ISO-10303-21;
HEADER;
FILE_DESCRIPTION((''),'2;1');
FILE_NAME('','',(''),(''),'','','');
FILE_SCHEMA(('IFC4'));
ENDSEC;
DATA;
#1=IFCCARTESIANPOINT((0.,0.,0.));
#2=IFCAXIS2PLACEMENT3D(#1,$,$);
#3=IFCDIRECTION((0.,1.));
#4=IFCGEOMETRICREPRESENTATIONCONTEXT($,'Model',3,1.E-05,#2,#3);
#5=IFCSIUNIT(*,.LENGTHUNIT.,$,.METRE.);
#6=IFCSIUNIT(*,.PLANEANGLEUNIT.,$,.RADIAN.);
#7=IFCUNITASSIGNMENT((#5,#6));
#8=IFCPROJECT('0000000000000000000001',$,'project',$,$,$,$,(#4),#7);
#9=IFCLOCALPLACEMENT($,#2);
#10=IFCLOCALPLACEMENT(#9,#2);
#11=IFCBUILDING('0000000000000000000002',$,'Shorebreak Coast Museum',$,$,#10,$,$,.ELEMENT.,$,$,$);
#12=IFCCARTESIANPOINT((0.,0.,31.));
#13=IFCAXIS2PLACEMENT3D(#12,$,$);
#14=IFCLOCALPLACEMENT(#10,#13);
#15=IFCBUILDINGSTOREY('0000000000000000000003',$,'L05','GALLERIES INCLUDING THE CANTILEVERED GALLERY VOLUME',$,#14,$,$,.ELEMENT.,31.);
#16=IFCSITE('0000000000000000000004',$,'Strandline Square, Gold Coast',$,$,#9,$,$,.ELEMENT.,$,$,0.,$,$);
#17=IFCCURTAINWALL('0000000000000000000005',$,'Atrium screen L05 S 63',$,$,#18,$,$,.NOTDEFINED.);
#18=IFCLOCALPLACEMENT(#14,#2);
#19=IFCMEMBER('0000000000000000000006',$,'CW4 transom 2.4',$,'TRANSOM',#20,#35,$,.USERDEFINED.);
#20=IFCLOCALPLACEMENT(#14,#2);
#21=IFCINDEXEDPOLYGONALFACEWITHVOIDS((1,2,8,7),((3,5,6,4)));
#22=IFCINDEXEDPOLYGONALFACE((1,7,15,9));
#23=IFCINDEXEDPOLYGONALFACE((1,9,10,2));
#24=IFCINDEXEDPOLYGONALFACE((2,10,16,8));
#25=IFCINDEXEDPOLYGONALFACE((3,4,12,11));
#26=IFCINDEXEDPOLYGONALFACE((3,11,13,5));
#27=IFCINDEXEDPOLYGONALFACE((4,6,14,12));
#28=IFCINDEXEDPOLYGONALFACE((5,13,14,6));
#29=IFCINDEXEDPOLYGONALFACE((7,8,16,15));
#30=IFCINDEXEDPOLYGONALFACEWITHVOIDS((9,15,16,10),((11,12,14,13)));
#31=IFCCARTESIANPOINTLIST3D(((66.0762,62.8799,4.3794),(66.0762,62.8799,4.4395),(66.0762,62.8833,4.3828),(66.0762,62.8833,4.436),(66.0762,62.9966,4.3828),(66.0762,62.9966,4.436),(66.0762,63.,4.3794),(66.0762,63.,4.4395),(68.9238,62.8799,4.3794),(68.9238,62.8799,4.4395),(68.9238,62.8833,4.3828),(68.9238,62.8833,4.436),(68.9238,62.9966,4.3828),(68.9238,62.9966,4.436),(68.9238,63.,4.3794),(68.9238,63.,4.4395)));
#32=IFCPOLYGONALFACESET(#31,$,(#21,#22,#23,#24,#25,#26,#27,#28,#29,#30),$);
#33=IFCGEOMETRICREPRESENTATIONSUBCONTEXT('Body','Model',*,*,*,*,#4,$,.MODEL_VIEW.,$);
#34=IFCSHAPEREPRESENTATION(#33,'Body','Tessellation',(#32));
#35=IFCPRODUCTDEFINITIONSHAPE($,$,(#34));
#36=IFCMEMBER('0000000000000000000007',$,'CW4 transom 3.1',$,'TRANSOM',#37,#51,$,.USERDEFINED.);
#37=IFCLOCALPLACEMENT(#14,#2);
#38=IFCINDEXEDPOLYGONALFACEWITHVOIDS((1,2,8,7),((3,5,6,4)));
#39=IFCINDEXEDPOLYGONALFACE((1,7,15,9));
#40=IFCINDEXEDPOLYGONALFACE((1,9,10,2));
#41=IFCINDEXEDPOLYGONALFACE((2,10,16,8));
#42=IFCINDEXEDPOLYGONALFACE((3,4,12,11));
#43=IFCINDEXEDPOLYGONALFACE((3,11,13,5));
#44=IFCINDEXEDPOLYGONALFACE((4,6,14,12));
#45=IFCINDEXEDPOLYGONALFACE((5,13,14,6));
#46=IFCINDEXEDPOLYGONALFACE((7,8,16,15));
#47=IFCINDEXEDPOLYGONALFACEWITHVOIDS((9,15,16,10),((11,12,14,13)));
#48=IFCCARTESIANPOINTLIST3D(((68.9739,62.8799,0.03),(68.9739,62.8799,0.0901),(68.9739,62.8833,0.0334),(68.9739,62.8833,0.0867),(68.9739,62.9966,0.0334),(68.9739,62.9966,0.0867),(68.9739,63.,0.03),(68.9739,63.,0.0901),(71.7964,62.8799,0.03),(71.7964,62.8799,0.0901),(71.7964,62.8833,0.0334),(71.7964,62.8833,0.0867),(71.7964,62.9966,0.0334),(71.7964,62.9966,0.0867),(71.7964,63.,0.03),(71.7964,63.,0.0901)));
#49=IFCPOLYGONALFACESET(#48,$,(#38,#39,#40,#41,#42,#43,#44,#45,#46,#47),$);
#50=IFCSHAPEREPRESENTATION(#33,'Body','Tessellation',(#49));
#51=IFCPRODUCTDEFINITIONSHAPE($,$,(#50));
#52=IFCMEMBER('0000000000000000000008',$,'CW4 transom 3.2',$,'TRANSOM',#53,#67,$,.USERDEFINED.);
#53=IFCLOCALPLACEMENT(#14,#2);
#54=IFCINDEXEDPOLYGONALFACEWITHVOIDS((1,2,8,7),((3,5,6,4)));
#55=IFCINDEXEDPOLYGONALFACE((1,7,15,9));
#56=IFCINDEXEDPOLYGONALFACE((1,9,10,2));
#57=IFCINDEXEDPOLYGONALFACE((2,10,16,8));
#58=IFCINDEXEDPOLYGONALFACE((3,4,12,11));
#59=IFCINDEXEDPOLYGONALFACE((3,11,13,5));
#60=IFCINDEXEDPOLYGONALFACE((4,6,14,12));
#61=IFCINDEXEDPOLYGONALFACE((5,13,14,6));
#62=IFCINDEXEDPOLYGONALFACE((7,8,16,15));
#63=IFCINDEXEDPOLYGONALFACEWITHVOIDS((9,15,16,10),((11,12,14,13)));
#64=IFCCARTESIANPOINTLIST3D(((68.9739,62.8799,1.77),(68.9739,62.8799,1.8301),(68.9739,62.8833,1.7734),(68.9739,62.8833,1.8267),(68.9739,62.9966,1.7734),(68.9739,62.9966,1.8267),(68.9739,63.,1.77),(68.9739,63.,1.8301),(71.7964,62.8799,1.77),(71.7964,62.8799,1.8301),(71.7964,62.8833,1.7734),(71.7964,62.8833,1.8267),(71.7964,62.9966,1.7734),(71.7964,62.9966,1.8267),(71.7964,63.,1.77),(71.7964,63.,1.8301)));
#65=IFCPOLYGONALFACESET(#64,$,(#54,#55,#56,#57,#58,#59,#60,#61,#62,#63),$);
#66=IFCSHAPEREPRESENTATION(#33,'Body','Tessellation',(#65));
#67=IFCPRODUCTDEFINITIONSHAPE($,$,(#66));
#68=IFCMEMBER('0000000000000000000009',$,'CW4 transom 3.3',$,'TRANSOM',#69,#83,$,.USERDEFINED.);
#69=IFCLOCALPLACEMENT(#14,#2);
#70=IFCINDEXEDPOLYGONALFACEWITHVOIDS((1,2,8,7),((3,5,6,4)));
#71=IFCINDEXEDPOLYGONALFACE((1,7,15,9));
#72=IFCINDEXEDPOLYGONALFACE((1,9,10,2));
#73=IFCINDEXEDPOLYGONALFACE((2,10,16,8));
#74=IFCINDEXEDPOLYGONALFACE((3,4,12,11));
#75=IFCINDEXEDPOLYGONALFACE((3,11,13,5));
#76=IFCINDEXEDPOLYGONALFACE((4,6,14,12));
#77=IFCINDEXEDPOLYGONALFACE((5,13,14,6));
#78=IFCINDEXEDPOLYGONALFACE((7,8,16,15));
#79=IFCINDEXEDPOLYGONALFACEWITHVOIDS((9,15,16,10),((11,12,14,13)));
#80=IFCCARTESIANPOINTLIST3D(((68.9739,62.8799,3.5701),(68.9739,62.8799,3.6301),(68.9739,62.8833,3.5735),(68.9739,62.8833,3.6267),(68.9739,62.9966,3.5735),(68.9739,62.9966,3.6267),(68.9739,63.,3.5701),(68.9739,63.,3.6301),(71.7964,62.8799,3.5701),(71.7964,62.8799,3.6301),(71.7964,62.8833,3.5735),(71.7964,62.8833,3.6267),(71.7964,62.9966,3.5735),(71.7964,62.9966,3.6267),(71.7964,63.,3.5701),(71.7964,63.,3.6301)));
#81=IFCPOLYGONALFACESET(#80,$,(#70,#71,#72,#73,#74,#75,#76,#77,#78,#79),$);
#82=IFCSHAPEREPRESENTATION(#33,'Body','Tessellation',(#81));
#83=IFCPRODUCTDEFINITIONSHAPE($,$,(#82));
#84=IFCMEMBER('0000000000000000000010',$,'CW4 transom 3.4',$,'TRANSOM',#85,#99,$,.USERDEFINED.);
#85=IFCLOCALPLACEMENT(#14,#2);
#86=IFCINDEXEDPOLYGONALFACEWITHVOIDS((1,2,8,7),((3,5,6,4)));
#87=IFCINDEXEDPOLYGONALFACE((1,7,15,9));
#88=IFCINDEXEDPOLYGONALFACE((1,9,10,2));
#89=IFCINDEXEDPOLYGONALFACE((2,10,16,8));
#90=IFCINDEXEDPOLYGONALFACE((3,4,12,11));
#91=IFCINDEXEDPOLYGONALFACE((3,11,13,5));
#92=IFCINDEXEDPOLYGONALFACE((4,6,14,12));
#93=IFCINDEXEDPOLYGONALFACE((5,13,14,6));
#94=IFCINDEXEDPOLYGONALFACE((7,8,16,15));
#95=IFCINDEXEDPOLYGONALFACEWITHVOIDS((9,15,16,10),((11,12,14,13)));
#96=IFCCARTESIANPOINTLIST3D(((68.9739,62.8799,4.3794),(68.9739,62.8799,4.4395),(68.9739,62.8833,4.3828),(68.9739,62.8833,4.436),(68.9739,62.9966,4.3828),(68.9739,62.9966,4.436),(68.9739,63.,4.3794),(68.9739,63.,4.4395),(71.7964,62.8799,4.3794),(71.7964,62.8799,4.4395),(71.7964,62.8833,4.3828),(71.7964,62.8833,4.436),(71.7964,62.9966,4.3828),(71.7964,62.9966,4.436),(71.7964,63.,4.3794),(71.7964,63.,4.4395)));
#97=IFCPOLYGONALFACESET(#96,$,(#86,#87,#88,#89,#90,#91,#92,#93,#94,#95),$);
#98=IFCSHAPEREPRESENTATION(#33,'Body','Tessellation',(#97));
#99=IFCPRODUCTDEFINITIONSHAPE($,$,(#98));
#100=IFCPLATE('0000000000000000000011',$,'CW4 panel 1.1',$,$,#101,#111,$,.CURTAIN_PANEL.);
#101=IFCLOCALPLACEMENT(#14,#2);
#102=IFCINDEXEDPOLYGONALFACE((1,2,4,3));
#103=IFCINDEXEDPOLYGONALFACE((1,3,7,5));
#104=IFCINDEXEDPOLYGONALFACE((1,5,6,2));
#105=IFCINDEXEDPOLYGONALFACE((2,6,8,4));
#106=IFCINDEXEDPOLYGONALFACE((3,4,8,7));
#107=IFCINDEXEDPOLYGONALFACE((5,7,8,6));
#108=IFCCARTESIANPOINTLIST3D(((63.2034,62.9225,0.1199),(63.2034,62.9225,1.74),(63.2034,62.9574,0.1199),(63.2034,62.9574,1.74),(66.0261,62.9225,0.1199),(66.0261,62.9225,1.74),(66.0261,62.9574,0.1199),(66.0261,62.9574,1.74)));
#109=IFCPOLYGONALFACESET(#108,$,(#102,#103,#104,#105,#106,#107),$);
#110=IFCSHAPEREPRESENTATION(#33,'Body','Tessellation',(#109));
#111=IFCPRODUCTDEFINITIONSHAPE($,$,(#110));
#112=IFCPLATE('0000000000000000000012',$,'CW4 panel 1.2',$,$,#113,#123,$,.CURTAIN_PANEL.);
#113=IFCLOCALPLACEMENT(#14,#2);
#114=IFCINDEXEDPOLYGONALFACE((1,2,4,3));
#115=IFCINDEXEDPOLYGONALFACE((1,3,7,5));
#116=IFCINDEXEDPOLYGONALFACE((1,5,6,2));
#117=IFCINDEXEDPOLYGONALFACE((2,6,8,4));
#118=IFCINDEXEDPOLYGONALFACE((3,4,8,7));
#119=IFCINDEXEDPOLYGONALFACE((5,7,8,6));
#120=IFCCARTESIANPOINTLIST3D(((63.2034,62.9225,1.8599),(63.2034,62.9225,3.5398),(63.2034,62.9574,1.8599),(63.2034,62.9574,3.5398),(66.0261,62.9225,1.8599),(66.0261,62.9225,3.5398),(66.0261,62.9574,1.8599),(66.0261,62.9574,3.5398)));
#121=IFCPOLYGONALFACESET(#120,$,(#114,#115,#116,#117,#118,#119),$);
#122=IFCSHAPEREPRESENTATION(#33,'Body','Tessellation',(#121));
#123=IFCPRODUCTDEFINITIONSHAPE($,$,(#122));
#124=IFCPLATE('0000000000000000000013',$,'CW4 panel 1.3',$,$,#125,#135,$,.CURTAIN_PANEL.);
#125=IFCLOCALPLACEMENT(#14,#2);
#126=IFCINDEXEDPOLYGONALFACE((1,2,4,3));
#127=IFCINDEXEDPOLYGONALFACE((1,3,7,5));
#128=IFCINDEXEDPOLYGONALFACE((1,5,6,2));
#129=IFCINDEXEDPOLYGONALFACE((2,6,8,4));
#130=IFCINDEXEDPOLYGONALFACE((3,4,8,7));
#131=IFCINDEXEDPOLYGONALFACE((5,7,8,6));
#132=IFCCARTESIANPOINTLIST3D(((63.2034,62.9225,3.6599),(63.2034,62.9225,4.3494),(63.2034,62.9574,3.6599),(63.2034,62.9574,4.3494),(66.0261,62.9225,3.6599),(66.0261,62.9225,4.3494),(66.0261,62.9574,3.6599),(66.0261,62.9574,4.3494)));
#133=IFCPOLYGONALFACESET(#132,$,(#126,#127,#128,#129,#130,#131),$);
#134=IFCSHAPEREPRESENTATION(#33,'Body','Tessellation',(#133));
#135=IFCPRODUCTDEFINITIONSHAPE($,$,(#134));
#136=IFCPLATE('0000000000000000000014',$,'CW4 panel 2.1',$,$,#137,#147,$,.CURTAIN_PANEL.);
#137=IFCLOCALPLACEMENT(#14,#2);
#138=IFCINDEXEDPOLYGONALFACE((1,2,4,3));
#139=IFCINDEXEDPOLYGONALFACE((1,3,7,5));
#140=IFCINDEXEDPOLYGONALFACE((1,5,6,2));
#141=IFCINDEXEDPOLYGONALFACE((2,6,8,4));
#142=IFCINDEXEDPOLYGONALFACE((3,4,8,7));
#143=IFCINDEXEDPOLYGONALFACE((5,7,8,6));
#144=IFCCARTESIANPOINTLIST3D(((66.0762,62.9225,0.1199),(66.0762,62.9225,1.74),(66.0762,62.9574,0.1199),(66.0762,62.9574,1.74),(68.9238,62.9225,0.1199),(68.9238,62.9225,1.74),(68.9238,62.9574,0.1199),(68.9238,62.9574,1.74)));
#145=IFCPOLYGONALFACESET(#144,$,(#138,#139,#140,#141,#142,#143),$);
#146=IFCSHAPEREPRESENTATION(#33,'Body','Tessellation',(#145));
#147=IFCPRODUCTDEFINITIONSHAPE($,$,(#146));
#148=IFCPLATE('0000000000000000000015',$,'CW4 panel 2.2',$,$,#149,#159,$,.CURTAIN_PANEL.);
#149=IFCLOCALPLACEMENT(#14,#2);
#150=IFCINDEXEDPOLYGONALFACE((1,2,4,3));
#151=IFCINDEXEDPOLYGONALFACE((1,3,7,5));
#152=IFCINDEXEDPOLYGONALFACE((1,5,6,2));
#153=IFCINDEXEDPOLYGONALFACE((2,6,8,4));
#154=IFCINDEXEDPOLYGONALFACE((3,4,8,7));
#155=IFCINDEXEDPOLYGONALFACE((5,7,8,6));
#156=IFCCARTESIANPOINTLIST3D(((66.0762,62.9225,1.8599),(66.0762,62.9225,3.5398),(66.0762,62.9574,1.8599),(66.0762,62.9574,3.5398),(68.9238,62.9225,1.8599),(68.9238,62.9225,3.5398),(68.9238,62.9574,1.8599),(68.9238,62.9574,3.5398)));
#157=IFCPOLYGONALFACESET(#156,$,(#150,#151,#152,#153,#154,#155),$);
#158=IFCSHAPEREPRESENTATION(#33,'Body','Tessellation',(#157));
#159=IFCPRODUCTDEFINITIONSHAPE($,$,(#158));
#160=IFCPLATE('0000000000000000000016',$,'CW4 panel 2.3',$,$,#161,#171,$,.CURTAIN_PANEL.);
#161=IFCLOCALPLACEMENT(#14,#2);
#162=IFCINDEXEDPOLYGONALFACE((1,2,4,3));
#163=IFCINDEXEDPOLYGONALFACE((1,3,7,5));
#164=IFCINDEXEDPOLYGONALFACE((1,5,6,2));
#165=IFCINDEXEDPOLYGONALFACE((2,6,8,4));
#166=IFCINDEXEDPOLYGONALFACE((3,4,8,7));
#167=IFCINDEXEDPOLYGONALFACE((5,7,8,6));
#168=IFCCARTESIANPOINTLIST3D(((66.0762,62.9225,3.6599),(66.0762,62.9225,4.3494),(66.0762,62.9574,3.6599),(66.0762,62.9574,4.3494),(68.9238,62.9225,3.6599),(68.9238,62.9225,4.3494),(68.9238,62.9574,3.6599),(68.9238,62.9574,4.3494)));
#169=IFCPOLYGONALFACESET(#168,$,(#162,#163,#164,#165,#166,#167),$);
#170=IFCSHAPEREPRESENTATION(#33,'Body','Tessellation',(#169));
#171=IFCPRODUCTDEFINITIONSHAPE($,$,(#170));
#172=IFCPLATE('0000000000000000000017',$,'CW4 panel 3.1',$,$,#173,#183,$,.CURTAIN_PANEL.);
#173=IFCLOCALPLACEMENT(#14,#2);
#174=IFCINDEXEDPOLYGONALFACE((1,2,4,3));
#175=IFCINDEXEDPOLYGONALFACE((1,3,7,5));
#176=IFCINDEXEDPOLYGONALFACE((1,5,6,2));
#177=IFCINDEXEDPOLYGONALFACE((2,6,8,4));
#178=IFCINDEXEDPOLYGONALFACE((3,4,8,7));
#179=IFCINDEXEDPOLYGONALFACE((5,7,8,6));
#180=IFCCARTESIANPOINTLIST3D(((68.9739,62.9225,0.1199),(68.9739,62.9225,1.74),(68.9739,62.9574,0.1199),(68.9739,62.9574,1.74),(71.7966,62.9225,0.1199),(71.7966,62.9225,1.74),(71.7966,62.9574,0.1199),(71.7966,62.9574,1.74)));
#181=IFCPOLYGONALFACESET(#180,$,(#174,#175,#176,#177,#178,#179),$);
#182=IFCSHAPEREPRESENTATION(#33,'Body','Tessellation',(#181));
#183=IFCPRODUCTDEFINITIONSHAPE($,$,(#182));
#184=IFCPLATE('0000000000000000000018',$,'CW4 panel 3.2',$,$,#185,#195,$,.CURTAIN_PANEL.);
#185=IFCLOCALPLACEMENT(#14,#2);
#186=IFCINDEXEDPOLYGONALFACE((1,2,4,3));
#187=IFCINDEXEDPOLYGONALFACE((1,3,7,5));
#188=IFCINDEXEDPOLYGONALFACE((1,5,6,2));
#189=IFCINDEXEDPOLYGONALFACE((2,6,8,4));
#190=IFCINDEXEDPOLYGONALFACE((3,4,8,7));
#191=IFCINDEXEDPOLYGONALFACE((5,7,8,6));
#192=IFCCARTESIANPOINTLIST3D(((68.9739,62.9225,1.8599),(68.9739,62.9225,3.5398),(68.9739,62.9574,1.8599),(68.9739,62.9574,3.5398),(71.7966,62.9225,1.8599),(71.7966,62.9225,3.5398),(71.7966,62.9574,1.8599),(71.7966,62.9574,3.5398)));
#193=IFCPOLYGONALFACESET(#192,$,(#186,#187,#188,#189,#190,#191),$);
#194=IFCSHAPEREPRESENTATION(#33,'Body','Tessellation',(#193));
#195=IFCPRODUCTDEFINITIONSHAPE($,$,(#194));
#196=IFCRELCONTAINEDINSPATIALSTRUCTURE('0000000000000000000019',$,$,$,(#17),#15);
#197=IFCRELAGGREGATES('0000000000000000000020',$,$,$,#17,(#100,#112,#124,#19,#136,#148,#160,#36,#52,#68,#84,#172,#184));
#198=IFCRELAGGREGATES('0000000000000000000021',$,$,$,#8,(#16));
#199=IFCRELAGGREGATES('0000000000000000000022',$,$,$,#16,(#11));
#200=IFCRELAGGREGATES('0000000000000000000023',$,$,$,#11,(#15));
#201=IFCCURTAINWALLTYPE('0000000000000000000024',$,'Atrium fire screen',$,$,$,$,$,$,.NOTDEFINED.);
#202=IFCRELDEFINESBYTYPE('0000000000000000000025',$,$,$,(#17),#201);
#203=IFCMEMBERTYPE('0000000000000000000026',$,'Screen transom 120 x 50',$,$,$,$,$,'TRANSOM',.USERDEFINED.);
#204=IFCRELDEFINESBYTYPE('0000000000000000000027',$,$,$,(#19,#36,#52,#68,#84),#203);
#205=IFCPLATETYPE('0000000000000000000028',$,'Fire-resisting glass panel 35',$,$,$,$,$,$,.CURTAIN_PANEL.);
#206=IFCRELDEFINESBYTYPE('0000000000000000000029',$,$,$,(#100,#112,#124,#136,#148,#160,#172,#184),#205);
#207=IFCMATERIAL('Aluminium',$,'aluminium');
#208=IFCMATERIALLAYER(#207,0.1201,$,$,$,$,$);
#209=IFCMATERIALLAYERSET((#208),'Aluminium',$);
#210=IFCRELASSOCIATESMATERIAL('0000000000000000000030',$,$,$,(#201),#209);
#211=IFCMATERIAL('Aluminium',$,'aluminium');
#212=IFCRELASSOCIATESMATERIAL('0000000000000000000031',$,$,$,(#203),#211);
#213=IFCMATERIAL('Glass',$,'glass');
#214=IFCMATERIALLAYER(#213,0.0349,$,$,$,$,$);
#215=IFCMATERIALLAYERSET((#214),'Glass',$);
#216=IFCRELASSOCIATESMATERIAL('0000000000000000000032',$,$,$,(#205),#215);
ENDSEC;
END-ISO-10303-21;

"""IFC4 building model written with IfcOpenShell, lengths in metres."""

from ifc_helpers import new_model, si_unit, direction, frame, origin, origin_2d, place, context, subcontext, project, spatial, rectangle, hollow_rectangle, extrude, material, layer, layer_set, material_profile, profile_set, type_object, element, aggregate, save


model = new_model("IFC4")

# Units and contexts
model_context = context("Model", 3, precision=1e-05, world=origin(), true_north=direction((0.0, 1.0)))
body_context = subcontext(model_context, "Body", "Model", "MODEL_VIEW")
ifc_project = project(units=[si_unit("LENGTHUNIT", "METRE"), si_unit("PLANEANGLEUNIT", "RADIAN")], contexts=[model_context])

# Site, building, storey
site_placement = place(None, origin())
site = spatial("IfcSite", under=ifc_project, at=site_placement, Name="Strandline Square, Gold Coast", CompositionType="ELEMENT", RefElevation=0.0)
building_placement = place(site_placement, origin())
building = spatial("IfcBuilding", under=site, at=building_placement, Name="Shorebreak Coast Museum", CompositionType="ELEMENT")
storey_placement = place(building_placement, frame((0.0, 0.0, 31.0)))
storey = spatial("IfcBuildingStorey", under=building, at=storey_placement, Name="L05", Description="GALLERIES INCLUDING THE CANTILEVERED GALLERY VOLUME", CompositionType="ELEMENT", Elevation=31.0)

# Curtain wall, members, plates
ifc_material_1 = material(Name="Aluminium", Category="aluminium")
ifc_layer_1 = layer(ifc_material_1, 0.1201)
ifc_layer_set_1 = layer_set([ifc_layer_1], Name="Aluminium")
curtain_wall_type = type_object("IfcCurtainWallType", Name="Atrium fire screen", PredefinedType="NOTDEFINED", material=ifc_layer_set_1)
curtain_wall_placement = place(storey_placement, origin())
curtain_wall = element("IfcCurtainWall", 1, at=curtain_wall_placement, inside=storey, type_object=curtain_wall_type, Name="Atrium screen L05 S 63", PredefinedType="NOTDEFINED")
ifc_material_2 = material(Name="Aluminium", Category="aluminium")
ifc_material_profile_1 = material_profile(ifc_material_2, hollow_rectangle(XDim=0.1201, YDim=0.0601, WallThickness=0.0034, at=origin_2d()), Name="AL 60x120 RHS")
ifc_profile_set_1 = profile_set([ifc_material_profile_1], Name="Aluminium")
member_type_1 = type_object("IfcMemberType", Name="Screen transom 120 x 50", ElementType="TRANSOM", PredefinedType="USERDEFINED", material=ifc_profile_set_1)
member_1_placement = place(storey_placement, frame((66.0762, 62.9399, 4.4094), z_axis=(1.0, 0.0, 0.0), x_axis=(0.0, 1.0, 0.0)))
member_1 = element("IfcMember", 2, at=member_1_placement, type_object=member_type_1, Name="CW4 transom 2.4", ObjectType="TRANSOM", PredefinedType="USERDEFINED", context=body_context, shape_type="SweptSolid", body=[
    extrude(hollow_rectangle(XDim=0.1201, YDim=0.0601, WallThickness=0.0034, at=origin_2d()), origin(), (0.0, 0.0, 1.0), 2.8477),
])
member_2_placement = place(storey_placement, frame((68.9739, 62.9399, 0.0601), z_axis=(1.0, 0.0, 0.0), x_axis=(0.0, 1.0, 0.0)))
member_2 = element("IfcMember", 3, at=member_2_placement, type_object=member_type_1, Name="CW4 transom 3.1", ObjectType="TRANSOM", PredefinedType="USERDEFINED", context=body_context, shape_type="SweptSolid", body=[
    extrude(hollow_rectangle(XDim=0.1201, YDim=0.0601, WallThickness=0.0034, at=origin_2d()), origin(), (0.0, 0.0, 1.0), 2.8225),
])
member_3_placement = place(storey_placement, frame((68.9739, 62.9399, 1.8), z_axis=(1.0, 0.0, 0.0), x_axis=(0.0, 1.0, 0.0)))
member_3 = element("IfcMember", 4, at=member_3_placement, type_object=member_type_1, Name="CW4 transom 3.2", ObjectType="TRANSOM", PredefinedType="USERDEFINED", context=body_context, shape_type="SweptSolid", body=[
    extrude(hollow_rectangle(XDim=0.1201, YDim=0.0601, WallThickness=0.0034, at=origin_2d()), origin(), (0.0, 0.0, 1.0), 2.8225),
])
member_4_placement = place(storey_placement, frame((68.9739, 62.9399, 3.6001), z_axis=(1.0, 0.0, 0.0), x_axis=(0.0, 1.0, 0.0)))
member_4 = element("IfcMember", 5, at=member_4_placement, type_object=member_type_1, Name="CW4 transom 3.3", ObjectType="TRANSOM", PredefinedType="USERDEFINED", context=body_context, shape_type="SweptSolid", body=[
    extrude(hollow_rectangle(XDim=0.1201, YDim=0.0601, WallThickness=0.0034, at=origin_2d()), origin(), (0.0, 0.0, 1.0), 2.8225),
])
member_5_placement = place(storey_placement, frame((68.9739, 62.9399, 4.4094), z_axis=(1.0, 0.0, 0.0), x_axis=(0.0, 1.0, 0.0)))
member_5 = element("IfcMember", 6, at=member_5_placement, type_object=member_type_1, Name="CW4 transom 3.4", ObjectType="TRANSOM", PredefinedType="USERDEFINED", context=body_context, shape_type="SweptSolid", body=[
    extrude(hollow_rectangle(XDim=0.1201, YDim=0.0601, WallThickness=0.0034, at=origin_2d()), origin(), (0.0, 0.0, 1.0), 2.8225),
])
ifc_material_3 = material(Name="Glass", Category="glass")
ifc_layer_2 = layer(ifc_material_3, 0.0349)
ifc_layer_set_2 = layer_set([ifc_layer_2], Name="Glass")
plate_type = type_object("IfcPlateType", Name="Fire-resisting glass panel 35", PredefinedType="CURTAIN_PANEL", material=ifc_layer_set_2)
plate_1_placement = place(storey_placement, frame((64.6147, 62.9399, 0.1199), z_axis=(0.0, 0.0, 1.0), x_axis=(1.0, 0.0, 0.0)))
plate_1 = element("IfcPlate", 7, at=plate_1_placement, type_object=plate_type, Name="CW4 panel 1.1", PredefinedType="CURTAIN_PANEL", context=body_context, shape_type="SweptSolid", body=[
    extrude(rectangle(XDim=2.8228, YDim=0.0349, at=origin_2d()), origin(), (0.0, 0.0, 1.0), 1.6201),
])
plate_2_placement = place(storey_placement, frame((64.6147, 62.9399, 1.8599), z_axis=(0.0, 0.0, 1.0), x_axis=(1.0, 0.0, 0.0)))
plate_2 = element("IfcPlate", 8, at=plate_2_placement, type_object=plate_type, Name="CW4 panel 1.2", PredefinedType="CURTAIN_PANEL", context=body_context, shape_type="SweptSolid", body=[
    extrude(rectangle(XDim=2.8228, YDim=0.0349, at=origin_2d()), origin(), (0.0, 0.0, 1.0), 1.6799),
])
plate_3_placement = place(storey_placement, frame((64.6147, 62.9399, 3.6599), z_axis=(0.0, 0.0, 1.0), x_axis=(1.0, 0.0, 0.0)))
plate_3 = element("IfcPlate", 9, at=plate_3_placement, type_object=plate_type, Name="CW4 panel 1.3", PredefinedType="CURTAIN_PANEL", context=body_context, shape_type="SweptSolid", body=[
    extrude(rectangle(XDim=2.8228, YDim=0.0349, at=origin_2d()), origin(), (0.0, 0.0, 1.0), 0.6895),
])
plate_4_placement = place(storey_placement, frame((67.5, 62.9399, 0.1199), z_axis=(0.0, 0.0, 1.0), x_axis=(1.0, 0.0, 0.0)))
plate_4 = element("IfcPlate", 10, at=plate_4_placement, type_object=plate_type, Name="CW4 panel 2.1", PredefinedType="CURTAIN_PANEL", context=body_context, shape_type="SweptSolid", body=[
    extrude(rectangle(XDim=2.8477, YDim=0.0349, at=origin_2d()), origin(), (0.0, 0.0, 1.0), 1.6201),
])
plate_5_placement = place(storey_placement, frame((67.5, 62.9399, 1.8599), z_axis=(0.0, 0.0, 1.0), x_axis=(1.0, 0.0, 0.0)))
plate_5 = element("IfcPlate", 11, at=plate_5_placement, type_object=plate_type, Name="CW4 panel 2.2", PredefinedType="CURTAIN_PANEL", context=body_context, shape_type="SweptSolid", body=[
    extrude(rectangle(XDim=2.8477, YDim=0.0349, at=origin_2d()), origin(), (0.0, 0.0, 1.0), 1.6799),
])
plate_6_placement = place(storey_placement, frame((67.5, 62.9399, 3.6599), z_axis=(0.0, 0.0, 1.0), x_axis=(1.0, 0.0, 0.0)))
plate_6 = element("IfcPlate", 12, at=plate_6_placement, type_object=plate_type, Name="CW4 panel 2.3", PredefinedType="CURTAIN_PANEL", context=body_context, shape_type="SweptSolid", body=[
    extrude(rectangle(XDim=2.8477, YDim=0.0349, at=origin_2d()), origin(), (0.0, 0.0, 1.0), 0.6895),
])
plate_7_placement = place(storey_placement, frame((70.3853, 62.9399, 0.1199), z_axis=(0.0, 0.0, 1.0), x_axis=(1.0, 0.0, 0.0)))
plate_7 = element("IfcPlate", 13, at=plate_7_placement, type_object=plate_type, Name="CW4 panel 3.1", PredefinedType="CURTAIN_PANEL", context=body_context, shape_type="SweptSolid", body=[
    extrude(rectangle(XDim=2.8228, YDim=0.0349, at=origin_2d()), origin(), (0.0, 0.0, 1.0), 1.6201),
])
plate_8_placement = place(storey_placement, frame((70.3853, 62.9399, 1.8599), z_axis=(0.0, 0.0, 1.0), x_axis=(1.0, 0.0, 0.0)))
plate_8 = element("IfcPlate", 14, at=plate_8_placement, type_object=plate_type, Name="CW4 panel 3.2", PredefinedType="CURTAIN_PANEL", context=body_context, shape_type="SweptSolid", body=[
    extrude(rectangle(XDim=2.8228, YDim=0.0349, at=origin_2d()), origin(), (0.0, 0.0, 1.0), 1.6799),
])
aggregate(curtain_wall, [plate_1, plate_2, plate_3, member_1, plate_4, plate_5, plate_6, member_2, member_3, member_4, member_5, plate_7, plate_8])

save(model, "model.ifc")
